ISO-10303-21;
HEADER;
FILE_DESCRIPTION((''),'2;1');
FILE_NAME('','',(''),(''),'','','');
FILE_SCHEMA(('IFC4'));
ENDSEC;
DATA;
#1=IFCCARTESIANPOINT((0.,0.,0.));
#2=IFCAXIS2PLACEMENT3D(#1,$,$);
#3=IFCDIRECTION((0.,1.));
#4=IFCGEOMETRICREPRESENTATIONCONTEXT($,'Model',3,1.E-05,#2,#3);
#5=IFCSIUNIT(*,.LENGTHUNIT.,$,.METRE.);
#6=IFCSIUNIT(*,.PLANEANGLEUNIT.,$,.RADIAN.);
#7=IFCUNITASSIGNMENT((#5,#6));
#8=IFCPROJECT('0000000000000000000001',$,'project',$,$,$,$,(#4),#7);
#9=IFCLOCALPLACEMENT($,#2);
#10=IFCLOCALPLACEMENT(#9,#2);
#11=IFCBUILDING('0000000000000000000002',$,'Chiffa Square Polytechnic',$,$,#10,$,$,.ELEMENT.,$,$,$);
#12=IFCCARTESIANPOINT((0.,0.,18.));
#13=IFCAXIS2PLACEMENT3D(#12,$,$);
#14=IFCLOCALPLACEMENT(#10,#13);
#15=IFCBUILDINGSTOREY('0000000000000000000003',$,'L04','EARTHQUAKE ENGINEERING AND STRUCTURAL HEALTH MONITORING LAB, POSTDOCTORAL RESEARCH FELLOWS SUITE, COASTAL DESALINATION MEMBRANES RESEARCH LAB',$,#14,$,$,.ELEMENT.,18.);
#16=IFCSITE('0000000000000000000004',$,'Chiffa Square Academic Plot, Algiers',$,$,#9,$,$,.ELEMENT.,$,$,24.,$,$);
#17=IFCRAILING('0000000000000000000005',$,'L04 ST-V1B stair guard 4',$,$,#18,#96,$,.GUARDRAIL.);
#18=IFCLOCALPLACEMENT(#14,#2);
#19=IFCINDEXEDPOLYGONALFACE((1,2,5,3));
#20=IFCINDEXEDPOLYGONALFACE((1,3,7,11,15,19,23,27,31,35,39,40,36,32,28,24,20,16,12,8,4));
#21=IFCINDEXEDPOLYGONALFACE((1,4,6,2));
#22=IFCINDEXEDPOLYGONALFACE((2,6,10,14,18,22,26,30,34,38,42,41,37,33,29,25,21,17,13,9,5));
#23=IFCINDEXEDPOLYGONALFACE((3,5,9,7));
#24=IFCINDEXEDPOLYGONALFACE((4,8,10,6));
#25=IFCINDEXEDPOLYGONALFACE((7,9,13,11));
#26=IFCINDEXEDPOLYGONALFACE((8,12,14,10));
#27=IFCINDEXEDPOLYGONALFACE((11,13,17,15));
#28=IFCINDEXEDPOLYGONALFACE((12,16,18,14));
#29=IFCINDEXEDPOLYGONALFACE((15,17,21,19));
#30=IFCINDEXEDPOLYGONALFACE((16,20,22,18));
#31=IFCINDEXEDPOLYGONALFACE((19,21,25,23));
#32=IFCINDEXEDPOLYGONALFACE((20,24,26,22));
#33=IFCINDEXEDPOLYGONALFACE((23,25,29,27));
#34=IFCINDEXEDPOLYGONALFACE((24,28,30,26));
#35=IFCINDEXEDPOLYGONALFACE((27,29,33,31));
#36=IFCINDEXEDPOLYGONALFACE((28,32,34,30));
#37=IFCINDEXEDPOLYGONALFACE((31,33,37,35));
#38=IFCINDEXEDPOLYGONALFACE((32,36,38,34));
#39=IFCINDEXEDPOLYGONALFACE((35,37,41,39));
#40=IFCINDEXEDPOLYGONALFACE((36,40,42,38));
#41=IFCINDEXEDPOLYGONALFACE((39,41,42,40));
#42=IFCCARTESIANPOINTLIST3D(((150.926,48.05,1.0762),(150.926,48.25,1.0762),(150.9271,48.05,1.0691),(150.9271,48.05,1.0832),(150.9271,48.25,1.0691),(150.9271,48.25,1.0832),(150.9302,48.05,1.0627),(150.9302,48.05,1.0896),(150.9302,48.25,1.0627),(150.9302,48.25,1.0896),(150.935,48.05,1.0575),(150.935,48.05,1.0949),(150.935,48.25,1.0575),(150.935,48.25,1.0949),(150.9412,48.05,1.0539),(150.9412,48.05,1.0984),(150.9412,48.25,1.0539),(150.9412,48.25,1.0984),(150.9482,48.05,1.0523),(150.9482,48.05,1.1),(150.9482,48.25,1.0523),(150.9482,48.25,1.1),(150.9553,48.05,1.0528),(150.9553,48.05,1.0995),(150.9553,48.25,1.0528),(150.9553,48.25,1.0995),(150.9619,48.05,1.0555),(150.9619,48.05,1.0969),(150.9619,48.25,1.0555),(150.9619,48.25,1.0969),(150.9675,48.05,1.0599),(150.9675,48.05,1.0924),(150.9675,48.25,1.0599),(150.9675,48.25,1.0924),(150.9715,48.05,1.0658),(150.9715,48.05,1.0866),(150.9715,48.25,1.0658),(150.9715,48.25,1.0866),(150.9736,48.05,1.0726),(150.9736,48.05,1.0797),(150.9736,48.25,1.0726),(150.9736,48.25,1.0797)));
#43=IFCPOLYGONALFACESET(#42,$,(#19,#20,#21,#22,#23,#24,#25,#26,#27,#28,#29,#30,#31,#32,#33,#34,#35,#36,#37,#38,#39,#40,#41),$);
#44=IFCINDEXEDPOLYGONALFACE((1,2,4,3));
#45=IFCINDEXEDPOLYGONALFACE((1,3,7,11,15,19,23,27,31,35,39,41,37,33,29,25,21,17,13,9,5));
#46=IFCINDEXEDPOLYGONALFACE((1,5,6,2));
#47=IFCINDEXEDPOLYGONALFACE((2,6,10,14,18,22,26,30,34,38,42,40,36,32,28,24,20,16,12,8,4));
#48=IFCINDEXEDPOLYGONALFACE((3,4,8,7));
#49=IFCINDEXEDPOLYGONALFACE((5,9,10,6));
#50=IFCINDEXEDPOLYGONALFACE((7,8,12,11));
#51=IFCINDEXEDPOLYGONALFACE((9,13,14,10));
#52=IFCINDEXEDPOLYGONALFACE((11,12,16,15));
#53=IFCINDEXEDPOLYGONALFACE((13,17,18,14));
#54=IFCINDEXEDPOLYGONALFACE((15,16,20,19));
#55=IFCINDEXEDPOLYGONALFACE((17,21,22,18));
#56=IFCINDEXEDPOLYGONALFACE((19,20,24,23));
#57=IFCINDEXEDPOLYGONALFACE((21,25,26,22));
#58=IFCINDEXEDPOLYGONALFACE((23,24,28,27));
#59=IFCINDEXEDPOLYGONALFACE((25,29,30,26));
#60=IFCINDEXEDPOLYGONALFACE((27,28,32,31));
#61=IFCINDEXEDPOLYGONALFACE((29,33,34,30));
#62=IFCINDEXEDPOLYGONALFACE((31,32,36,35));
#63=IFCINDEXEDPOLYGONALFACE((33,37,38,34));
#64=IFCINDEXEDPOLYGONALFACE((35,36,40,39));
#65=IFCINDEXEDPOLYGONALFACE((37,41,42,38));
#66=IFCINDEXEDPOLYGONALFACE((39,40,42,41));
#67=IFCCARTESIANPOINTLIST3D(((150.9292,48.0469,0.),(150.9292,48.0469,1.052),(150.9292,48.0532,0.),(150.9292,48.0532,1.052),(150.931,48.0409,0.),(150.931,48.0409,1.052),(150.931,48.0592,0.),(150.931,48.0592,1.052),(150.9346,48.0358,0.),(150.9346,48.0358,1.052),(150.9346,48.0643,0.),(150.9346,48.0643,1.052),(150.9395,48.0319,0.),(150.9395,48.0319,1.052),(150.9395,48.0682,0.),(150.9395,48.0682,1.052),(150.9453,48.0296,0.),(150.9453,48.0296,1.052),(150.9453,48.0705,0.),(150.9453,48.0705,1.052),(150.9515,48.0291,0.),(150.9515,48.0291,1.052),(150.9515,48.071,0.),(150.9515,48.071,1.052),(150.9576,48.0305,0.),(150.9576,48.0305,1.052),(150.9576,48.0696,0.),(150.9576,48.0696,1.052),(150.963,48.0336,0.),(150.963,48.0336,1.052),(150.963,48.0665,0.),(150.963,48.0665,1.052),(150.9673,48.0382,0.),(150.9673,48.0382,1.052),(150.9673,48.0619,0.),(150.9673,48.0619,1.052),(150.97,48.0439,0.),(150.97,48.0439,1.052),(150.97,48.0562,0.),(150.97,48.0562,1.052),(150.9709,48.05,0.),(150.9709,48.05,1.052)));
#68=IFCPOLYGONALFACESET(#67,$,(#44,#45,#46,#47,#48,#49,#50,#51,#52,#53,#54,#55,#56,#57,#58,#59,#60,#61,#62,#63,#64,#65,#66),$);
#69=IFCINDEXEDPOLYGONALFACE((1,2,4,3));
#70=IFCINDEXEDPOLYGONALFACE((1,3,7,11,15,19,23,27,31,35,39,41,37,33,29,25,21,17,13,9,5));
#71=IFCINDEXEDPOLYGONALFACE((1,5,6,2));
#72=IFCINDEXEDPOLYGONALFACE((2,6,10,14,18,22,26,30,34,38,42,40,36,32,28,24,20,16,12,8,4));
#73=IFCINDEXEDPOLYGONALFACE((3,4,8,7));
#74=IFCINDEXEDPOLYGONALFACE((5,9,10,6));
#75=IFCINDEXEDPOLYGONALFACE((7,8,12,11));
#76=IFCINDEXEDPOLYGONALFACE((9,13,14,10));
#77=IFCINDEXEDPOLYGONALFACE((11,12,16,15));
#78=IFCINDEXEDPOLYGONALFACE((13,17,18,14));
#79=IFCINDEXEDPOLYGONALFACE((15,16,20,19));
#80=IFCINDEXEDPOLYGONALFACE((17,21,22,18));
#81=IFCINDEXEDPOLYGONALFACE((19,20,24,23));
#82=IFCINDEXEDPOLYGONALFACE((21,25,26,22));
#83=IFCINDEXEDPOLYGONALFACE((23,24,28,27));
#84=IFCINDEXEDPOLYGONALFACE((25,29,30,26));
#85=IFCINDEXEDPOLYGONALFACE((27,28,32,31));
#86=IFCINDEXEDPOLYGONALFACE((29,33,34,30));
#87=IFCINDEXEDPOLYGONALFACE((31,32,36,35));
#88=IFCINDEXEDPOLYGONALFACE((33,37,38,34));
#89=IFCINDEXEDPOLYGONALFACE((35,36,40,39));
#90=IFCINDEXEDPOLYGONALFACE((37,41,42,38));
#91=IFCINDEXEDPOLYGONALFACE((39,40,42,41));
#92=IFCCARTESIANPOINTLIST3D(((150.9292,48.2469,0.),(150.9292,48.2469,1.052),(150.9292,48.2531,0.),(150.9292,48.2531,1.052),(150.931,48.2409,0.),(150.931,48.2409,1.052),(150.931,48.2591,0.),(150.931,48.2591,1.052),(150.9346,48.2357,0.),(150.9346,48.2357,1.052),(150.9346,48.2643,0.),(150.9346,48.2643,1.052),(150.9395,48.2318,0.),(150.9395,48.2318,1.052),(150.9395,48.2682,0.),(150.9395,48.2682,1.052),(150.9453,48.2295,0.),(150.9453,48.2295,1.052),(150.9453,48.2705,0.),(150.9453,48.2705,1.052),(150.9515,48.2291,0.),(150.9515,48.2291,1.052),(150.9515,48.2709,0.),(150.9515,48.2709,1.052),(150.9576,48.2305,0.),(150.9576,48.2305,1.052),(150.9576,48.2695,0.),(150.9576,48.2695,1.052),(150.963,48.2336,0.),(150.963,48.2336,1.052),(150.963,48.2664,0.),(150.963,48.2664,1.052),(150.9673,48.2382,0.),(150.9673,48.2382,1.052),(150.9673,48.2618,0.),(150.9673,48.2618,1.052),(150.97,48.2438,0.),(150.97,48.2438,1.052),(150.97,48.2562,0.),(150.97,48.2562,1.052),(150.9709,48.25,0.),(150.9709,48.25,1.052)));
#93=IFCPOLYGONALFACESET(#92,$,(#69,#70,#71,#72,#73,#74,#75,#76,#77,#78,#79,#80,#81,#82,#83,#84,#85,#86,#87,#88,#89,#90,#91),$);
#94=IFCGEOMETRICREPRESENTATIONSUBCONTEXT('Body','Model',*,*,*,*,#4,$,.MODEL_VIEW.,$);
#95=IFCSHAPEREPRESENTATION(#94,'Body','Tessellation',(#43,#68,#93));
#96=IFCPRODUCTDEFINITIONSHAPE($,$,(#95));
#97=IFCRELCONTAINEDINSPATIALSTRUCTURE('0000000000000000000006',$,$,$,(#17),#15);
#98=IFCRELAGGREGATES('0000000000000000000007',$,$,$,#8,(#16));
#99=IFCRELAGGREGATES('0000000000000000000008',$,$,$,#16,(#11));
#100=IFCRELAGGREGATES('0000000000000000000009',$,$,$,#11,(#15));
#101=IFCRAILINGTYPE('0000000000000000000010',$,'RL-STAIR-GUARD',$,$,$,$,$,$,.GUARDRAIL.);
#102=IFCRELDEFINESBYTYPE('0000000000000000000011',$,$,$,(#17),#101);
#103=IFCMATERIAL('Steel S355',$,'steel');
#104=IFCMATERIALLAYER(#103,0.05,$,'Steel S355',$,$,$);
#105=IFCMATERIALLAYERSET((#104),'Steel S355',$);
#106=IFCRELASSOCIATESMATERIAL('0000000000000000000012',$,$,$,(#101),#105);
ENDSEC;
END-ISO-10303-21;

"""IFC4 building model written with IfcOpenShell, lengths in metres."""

from ifc_helpers import new_model, si_unit, direction, frame, origin, origin_2d, place, context, subcontext, project, spatial, circle, extrude, material, layer, layer_set, type_object, element, save


model = new_model("IFC4")

# Units and contexts
model_context = context("Model", 3, precision=1e-05, world=origin(), true_north=direction((0.0, 1.0)))
body_context = subcontext(model_context, "Body", "Model", "MODEL_VIEW")
ifc_project = project(units=[si_unit("LENGTHUNIT", "METRE"), si_unit("PLANEANGLEUNIT", "RADIAN")], contexts=[model_context])

# Site, building, storey
site_placement = place(None, origin())
site = spatial("IfcSite", under=ifc_project, at=site_placement, Name="Chiffa Square Academic Plot, Algiers", CompositionType="ELEMENT", RefElevation=24.0)
building_placement = place(site_placement, origin())
building = spatial("IfcBuilding", under=site, at=building_placement, Name="Chiffa Square Polytechnic", CompositionType="ELEMENT")
storey_placement = place(building_placement, frame((0.0, 0.0, 18.0)))
storey = spatial("IfcBuildingStorey", under=building, at=storey_placement, Name="L04", Description="EARTHQUAKE ENGINEERING AND STRUCTURAL HEALTH MONITORING LAB, POSTDOCTORAL RESEARCH FELLOWS SUITE, COASTAL DESALINATION MEMBRANES RESEARCH LAB", CompositionType="ELEMENT", Elevation=18.0)

# Railing
ifc_material_1 = material(Name="Steel S355", Category="steel")
ifc_layer_1 = layer(ifc_material_1, 0.05, Name="Steel S355")
ifc_layer_set_1 = layer_set([ifc_layer_1], Name="Steel S355")
railing_type_1 = type_object("IfcRailingType", Name="RL-STAIR-GUARD", PredefinedType="GUARDRAIL", material=ifc_layer_set_1)
railing_1_placement = place(storey_placement, frame((150.95, 48.05, 0.0)))
element("IfcRailing", 1, at=railing_1_placement, inside=storey, type_object=railing_type_1, Name="L04 ST-V1B stair guard 4", PredefinedType="GUARDRAIL", context=body_context, shape_type="SweptSolid", body=[
    extrude(circle(Radius=0.0239, at=origin_2d()), frame((0.0, 0.0, 1.0762), z_axis=(0.0, 1.0, 0.0), x_axis=(-1.0, 0.0, 0.0)), (0.0, 0.0, 1.0), 0.2),
    extrude(circle(Radius=0.021, at=origin_2d()), origin(), (0.0, 0.0, 1.0), 1.052),
    extrude(circle(Radius=0.021, at=origin_2d()), frame((0.0, 0.2, 0.0)), (0.0, 0.0, 1.0), 1.052),
])

save(model, "model.ifc")
